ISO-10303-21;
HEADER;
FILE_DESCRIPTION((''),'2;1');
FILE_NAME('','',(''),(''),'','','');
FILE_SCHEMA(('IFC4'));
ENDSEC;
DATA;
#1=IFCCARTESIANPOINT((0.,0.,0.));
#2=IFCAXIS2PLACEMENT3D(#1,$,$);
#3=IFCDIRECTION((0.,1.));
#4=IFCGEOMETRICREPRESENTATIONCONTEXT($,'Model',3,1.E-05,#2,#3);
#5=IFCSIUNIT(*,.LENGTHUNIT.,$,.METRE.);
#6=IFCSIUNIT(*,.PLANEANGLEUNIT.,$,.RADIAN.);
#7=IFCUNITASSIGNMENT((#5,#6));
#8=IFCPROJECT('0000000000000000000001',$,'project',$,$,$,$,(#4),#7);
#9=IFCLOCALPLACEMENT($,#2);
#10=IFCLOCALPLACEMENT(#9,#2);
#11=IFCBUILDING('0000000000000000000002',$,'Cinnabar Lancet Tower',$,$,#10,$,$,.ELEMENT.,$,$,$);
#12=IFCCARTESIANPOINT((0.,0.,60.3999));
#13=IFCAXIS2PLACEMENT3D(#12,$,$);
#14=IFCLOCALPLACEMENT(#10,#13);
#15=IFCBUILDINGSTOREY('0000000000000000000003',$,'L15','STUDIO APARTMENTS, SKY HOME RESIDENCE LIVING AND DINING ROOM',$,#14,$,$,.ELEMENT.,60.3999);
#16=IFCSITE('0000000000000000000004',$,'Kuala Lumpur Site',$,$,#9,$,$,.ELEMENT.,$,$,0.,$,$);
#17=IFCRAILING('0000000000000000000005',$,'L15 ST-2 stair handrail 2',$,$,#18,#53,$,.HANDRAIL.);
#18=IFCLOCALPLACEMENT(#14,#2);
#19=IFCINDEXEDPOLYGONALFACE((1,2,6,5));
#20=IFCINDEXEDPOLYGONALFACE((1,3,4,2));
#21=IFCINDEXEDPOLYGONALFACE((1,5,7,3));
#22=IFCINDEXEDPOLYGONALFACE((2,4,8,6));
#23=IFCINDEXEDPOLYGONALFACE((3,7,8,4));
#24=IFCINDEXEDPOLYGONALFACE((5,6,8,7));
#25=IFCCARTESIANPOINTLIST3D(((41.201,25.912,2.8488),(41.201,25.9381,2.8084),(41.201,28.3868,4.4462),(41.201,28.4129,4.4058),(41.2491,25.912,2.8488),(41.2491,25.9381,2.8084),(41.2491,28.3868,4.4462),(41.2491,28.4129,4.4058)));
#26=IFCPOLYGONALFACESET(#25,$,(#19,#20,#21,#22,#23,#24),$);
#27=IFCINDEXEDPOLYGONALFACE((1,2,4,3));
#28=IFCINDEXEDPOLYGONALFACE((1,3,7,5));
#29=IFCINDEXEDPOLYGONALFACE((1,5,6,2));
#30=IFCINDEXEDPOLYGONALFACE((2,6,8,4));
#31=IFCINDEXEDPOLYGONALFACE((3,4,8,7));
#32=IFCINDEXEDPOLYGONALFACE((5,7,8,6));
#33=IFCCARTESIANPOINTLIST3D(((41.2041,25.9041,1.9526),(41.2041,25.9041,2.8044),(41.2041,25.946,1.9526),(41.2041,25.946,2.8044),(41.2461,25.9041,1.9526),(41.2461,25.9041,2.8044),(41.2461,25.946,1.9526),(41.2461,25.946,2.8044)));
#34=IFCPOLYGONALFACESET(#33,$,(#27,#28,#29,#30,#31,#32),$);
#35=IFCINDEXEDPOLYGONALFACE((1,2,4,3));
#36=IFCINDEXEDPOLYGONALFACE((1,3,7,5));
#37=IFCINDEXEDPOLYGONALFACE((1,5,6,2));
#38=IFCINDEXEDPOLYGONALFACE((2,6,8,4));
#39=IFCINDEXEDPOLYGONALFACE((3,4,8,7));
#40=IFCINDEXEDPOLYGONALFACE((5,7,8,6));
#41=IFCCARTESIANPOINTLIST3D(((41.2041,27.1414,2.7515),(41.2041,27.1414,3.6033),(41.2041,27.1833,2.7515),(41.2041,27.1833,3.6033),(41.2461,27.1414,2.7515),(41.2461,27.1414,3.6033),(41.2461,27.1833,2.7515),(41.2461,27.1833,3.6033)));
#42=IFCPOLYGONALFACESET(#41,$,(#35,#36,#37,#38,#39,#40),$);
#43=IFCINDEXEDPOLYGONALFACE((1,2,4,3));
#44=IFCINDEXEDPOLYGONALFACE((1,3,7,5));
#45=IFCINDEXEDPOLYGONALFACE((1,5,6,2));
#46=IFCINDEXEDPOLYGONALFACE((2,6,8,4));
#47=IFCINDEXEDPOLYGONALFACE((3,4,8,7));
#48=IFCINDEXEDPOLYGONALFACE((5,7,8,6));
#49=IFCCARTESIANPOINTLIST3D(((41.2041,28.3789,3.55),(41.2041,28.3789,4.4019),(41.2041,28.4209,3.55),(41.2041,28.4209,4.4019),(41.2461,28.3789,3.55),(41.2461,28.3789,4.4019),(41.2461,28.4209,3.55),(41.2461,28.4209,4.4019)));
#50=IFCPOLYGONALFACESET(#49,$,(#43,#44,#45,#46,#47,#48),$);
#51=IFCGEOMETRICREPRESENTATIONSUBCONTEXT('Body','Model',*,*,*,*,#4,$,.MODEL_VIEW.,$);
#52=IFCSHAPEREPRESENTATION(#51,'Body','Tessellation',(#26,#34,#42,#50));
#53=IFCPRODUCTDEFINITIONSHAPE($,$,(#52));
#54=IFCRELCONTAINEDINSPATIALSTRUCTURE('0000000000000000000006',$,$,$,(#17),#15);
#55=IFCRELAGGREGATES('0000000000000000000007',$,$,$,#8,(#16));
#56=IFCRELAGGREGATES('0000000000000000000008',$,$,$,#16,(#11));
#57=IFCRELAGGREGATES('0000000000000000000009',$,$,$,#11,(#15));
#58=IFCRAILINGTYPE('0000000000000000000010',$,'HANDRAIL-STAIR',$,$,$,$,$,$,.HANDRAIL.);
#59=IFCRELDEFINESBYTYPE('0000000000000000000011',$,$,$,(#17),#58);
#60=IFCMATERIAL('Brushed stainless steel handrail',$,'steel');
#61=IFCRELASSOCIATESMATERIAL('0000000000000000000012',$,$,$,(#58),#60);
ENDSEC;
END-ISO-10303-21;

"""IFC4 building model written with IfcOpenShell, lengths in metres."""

from ifc_helpers import new_model, si_unit, direction, frame, origin, origin_2d, place, context, subcontext, project, spatial, rectangle, extrude, material, type_object, element, save


model = new_model("IFC4")

# Units and contexts
model_context = context("Model", 3, precision=1e-05, world=origin(), true_north=direction((0.0, 1.0)))
body_context = subcontext(model_context, "Body", "Model", "MODEL_VIEW")
ifc_project = project(units=[si_unit("LENGTHUNIT", "METRE"), si_unit("PLANEANGLEUNIT", "RADIAN")], contexts=[model_context])

# Site, building, storey
site_placement = place(None, origin())
site = spatial("IfcSite", under=ifc_project, at=site_placement, Name="Kuala Lumpur Site", CompositionType="ELEMENT", RefElevation=0.0)
building_placement = place(site_placement, origin())
building = spatial("IfcBuilding", under=site, at=building_placement, Name="Cinnabar Lancet Tower", CompositionType="ELEMENT")
storey_placement = place(building_placement, frame((0.0, 0.0, 60.3999)))
storey = spatial("IfcBuildingStorey", under=building, at=storey_placement, Name="L15", Description="STUDIO APARTMENTS, SKY HOME RESIDENCE LIVING AND DINING ROOM", CompositionType="ELEMENT", Elevation=60.3999)

# Railing
ifc_material_1 = material(Name="Brushed stainless steel handrail", Category="steel")
railing_type_1 = type_object("IfcRailingType", Name="HANDRAIL-STAIR", PredefinedType="HANDRAIL", material=ifc_material_1)
railing_1_placement = place(storey_placement, frame((41.2251, 25.925, 1.9526)))
element("IfcRailing", 1, at=railing_1_placement, inside=storey, type_object=railing_type_1, Name="L15 ST-2 stair handrail 2", PredefinedType="HANDRAIL", context=body_context, shape_type="SweptSolid", body=[
    extrude(rectangle(XDim=0.0481, YDim=0.0481, at=origin_2d()), frame((0.0, 0.0, 0.876), z_axis=(0.0, 0.840183, 0.542302), x_axis=(-1.0, 0.0, 0.0)), (0.0, 0.0, 1.0), 2.9456),
    extrude(rectangle(XDim=0.042, YDim=0.042, at=origin_2d()), origin(), (0.0, 0.0, 1.0), 0.8518),
    extrude(rectangle(XDim=0.042, YDim=0.042, at=origin_2d()), frame((0.0, 1.2373, 0.7988)), (0.0, 0.0, 1.0), 0.8518),
    extrude(rectangle(XDim=0.042, YDim=0.042, at=origin_2d()), frame((0.0, 2.4749, 1.5974)), (0.0, 0.0, 1.0), 0.8518),
])

save(model, "model.ifc")
